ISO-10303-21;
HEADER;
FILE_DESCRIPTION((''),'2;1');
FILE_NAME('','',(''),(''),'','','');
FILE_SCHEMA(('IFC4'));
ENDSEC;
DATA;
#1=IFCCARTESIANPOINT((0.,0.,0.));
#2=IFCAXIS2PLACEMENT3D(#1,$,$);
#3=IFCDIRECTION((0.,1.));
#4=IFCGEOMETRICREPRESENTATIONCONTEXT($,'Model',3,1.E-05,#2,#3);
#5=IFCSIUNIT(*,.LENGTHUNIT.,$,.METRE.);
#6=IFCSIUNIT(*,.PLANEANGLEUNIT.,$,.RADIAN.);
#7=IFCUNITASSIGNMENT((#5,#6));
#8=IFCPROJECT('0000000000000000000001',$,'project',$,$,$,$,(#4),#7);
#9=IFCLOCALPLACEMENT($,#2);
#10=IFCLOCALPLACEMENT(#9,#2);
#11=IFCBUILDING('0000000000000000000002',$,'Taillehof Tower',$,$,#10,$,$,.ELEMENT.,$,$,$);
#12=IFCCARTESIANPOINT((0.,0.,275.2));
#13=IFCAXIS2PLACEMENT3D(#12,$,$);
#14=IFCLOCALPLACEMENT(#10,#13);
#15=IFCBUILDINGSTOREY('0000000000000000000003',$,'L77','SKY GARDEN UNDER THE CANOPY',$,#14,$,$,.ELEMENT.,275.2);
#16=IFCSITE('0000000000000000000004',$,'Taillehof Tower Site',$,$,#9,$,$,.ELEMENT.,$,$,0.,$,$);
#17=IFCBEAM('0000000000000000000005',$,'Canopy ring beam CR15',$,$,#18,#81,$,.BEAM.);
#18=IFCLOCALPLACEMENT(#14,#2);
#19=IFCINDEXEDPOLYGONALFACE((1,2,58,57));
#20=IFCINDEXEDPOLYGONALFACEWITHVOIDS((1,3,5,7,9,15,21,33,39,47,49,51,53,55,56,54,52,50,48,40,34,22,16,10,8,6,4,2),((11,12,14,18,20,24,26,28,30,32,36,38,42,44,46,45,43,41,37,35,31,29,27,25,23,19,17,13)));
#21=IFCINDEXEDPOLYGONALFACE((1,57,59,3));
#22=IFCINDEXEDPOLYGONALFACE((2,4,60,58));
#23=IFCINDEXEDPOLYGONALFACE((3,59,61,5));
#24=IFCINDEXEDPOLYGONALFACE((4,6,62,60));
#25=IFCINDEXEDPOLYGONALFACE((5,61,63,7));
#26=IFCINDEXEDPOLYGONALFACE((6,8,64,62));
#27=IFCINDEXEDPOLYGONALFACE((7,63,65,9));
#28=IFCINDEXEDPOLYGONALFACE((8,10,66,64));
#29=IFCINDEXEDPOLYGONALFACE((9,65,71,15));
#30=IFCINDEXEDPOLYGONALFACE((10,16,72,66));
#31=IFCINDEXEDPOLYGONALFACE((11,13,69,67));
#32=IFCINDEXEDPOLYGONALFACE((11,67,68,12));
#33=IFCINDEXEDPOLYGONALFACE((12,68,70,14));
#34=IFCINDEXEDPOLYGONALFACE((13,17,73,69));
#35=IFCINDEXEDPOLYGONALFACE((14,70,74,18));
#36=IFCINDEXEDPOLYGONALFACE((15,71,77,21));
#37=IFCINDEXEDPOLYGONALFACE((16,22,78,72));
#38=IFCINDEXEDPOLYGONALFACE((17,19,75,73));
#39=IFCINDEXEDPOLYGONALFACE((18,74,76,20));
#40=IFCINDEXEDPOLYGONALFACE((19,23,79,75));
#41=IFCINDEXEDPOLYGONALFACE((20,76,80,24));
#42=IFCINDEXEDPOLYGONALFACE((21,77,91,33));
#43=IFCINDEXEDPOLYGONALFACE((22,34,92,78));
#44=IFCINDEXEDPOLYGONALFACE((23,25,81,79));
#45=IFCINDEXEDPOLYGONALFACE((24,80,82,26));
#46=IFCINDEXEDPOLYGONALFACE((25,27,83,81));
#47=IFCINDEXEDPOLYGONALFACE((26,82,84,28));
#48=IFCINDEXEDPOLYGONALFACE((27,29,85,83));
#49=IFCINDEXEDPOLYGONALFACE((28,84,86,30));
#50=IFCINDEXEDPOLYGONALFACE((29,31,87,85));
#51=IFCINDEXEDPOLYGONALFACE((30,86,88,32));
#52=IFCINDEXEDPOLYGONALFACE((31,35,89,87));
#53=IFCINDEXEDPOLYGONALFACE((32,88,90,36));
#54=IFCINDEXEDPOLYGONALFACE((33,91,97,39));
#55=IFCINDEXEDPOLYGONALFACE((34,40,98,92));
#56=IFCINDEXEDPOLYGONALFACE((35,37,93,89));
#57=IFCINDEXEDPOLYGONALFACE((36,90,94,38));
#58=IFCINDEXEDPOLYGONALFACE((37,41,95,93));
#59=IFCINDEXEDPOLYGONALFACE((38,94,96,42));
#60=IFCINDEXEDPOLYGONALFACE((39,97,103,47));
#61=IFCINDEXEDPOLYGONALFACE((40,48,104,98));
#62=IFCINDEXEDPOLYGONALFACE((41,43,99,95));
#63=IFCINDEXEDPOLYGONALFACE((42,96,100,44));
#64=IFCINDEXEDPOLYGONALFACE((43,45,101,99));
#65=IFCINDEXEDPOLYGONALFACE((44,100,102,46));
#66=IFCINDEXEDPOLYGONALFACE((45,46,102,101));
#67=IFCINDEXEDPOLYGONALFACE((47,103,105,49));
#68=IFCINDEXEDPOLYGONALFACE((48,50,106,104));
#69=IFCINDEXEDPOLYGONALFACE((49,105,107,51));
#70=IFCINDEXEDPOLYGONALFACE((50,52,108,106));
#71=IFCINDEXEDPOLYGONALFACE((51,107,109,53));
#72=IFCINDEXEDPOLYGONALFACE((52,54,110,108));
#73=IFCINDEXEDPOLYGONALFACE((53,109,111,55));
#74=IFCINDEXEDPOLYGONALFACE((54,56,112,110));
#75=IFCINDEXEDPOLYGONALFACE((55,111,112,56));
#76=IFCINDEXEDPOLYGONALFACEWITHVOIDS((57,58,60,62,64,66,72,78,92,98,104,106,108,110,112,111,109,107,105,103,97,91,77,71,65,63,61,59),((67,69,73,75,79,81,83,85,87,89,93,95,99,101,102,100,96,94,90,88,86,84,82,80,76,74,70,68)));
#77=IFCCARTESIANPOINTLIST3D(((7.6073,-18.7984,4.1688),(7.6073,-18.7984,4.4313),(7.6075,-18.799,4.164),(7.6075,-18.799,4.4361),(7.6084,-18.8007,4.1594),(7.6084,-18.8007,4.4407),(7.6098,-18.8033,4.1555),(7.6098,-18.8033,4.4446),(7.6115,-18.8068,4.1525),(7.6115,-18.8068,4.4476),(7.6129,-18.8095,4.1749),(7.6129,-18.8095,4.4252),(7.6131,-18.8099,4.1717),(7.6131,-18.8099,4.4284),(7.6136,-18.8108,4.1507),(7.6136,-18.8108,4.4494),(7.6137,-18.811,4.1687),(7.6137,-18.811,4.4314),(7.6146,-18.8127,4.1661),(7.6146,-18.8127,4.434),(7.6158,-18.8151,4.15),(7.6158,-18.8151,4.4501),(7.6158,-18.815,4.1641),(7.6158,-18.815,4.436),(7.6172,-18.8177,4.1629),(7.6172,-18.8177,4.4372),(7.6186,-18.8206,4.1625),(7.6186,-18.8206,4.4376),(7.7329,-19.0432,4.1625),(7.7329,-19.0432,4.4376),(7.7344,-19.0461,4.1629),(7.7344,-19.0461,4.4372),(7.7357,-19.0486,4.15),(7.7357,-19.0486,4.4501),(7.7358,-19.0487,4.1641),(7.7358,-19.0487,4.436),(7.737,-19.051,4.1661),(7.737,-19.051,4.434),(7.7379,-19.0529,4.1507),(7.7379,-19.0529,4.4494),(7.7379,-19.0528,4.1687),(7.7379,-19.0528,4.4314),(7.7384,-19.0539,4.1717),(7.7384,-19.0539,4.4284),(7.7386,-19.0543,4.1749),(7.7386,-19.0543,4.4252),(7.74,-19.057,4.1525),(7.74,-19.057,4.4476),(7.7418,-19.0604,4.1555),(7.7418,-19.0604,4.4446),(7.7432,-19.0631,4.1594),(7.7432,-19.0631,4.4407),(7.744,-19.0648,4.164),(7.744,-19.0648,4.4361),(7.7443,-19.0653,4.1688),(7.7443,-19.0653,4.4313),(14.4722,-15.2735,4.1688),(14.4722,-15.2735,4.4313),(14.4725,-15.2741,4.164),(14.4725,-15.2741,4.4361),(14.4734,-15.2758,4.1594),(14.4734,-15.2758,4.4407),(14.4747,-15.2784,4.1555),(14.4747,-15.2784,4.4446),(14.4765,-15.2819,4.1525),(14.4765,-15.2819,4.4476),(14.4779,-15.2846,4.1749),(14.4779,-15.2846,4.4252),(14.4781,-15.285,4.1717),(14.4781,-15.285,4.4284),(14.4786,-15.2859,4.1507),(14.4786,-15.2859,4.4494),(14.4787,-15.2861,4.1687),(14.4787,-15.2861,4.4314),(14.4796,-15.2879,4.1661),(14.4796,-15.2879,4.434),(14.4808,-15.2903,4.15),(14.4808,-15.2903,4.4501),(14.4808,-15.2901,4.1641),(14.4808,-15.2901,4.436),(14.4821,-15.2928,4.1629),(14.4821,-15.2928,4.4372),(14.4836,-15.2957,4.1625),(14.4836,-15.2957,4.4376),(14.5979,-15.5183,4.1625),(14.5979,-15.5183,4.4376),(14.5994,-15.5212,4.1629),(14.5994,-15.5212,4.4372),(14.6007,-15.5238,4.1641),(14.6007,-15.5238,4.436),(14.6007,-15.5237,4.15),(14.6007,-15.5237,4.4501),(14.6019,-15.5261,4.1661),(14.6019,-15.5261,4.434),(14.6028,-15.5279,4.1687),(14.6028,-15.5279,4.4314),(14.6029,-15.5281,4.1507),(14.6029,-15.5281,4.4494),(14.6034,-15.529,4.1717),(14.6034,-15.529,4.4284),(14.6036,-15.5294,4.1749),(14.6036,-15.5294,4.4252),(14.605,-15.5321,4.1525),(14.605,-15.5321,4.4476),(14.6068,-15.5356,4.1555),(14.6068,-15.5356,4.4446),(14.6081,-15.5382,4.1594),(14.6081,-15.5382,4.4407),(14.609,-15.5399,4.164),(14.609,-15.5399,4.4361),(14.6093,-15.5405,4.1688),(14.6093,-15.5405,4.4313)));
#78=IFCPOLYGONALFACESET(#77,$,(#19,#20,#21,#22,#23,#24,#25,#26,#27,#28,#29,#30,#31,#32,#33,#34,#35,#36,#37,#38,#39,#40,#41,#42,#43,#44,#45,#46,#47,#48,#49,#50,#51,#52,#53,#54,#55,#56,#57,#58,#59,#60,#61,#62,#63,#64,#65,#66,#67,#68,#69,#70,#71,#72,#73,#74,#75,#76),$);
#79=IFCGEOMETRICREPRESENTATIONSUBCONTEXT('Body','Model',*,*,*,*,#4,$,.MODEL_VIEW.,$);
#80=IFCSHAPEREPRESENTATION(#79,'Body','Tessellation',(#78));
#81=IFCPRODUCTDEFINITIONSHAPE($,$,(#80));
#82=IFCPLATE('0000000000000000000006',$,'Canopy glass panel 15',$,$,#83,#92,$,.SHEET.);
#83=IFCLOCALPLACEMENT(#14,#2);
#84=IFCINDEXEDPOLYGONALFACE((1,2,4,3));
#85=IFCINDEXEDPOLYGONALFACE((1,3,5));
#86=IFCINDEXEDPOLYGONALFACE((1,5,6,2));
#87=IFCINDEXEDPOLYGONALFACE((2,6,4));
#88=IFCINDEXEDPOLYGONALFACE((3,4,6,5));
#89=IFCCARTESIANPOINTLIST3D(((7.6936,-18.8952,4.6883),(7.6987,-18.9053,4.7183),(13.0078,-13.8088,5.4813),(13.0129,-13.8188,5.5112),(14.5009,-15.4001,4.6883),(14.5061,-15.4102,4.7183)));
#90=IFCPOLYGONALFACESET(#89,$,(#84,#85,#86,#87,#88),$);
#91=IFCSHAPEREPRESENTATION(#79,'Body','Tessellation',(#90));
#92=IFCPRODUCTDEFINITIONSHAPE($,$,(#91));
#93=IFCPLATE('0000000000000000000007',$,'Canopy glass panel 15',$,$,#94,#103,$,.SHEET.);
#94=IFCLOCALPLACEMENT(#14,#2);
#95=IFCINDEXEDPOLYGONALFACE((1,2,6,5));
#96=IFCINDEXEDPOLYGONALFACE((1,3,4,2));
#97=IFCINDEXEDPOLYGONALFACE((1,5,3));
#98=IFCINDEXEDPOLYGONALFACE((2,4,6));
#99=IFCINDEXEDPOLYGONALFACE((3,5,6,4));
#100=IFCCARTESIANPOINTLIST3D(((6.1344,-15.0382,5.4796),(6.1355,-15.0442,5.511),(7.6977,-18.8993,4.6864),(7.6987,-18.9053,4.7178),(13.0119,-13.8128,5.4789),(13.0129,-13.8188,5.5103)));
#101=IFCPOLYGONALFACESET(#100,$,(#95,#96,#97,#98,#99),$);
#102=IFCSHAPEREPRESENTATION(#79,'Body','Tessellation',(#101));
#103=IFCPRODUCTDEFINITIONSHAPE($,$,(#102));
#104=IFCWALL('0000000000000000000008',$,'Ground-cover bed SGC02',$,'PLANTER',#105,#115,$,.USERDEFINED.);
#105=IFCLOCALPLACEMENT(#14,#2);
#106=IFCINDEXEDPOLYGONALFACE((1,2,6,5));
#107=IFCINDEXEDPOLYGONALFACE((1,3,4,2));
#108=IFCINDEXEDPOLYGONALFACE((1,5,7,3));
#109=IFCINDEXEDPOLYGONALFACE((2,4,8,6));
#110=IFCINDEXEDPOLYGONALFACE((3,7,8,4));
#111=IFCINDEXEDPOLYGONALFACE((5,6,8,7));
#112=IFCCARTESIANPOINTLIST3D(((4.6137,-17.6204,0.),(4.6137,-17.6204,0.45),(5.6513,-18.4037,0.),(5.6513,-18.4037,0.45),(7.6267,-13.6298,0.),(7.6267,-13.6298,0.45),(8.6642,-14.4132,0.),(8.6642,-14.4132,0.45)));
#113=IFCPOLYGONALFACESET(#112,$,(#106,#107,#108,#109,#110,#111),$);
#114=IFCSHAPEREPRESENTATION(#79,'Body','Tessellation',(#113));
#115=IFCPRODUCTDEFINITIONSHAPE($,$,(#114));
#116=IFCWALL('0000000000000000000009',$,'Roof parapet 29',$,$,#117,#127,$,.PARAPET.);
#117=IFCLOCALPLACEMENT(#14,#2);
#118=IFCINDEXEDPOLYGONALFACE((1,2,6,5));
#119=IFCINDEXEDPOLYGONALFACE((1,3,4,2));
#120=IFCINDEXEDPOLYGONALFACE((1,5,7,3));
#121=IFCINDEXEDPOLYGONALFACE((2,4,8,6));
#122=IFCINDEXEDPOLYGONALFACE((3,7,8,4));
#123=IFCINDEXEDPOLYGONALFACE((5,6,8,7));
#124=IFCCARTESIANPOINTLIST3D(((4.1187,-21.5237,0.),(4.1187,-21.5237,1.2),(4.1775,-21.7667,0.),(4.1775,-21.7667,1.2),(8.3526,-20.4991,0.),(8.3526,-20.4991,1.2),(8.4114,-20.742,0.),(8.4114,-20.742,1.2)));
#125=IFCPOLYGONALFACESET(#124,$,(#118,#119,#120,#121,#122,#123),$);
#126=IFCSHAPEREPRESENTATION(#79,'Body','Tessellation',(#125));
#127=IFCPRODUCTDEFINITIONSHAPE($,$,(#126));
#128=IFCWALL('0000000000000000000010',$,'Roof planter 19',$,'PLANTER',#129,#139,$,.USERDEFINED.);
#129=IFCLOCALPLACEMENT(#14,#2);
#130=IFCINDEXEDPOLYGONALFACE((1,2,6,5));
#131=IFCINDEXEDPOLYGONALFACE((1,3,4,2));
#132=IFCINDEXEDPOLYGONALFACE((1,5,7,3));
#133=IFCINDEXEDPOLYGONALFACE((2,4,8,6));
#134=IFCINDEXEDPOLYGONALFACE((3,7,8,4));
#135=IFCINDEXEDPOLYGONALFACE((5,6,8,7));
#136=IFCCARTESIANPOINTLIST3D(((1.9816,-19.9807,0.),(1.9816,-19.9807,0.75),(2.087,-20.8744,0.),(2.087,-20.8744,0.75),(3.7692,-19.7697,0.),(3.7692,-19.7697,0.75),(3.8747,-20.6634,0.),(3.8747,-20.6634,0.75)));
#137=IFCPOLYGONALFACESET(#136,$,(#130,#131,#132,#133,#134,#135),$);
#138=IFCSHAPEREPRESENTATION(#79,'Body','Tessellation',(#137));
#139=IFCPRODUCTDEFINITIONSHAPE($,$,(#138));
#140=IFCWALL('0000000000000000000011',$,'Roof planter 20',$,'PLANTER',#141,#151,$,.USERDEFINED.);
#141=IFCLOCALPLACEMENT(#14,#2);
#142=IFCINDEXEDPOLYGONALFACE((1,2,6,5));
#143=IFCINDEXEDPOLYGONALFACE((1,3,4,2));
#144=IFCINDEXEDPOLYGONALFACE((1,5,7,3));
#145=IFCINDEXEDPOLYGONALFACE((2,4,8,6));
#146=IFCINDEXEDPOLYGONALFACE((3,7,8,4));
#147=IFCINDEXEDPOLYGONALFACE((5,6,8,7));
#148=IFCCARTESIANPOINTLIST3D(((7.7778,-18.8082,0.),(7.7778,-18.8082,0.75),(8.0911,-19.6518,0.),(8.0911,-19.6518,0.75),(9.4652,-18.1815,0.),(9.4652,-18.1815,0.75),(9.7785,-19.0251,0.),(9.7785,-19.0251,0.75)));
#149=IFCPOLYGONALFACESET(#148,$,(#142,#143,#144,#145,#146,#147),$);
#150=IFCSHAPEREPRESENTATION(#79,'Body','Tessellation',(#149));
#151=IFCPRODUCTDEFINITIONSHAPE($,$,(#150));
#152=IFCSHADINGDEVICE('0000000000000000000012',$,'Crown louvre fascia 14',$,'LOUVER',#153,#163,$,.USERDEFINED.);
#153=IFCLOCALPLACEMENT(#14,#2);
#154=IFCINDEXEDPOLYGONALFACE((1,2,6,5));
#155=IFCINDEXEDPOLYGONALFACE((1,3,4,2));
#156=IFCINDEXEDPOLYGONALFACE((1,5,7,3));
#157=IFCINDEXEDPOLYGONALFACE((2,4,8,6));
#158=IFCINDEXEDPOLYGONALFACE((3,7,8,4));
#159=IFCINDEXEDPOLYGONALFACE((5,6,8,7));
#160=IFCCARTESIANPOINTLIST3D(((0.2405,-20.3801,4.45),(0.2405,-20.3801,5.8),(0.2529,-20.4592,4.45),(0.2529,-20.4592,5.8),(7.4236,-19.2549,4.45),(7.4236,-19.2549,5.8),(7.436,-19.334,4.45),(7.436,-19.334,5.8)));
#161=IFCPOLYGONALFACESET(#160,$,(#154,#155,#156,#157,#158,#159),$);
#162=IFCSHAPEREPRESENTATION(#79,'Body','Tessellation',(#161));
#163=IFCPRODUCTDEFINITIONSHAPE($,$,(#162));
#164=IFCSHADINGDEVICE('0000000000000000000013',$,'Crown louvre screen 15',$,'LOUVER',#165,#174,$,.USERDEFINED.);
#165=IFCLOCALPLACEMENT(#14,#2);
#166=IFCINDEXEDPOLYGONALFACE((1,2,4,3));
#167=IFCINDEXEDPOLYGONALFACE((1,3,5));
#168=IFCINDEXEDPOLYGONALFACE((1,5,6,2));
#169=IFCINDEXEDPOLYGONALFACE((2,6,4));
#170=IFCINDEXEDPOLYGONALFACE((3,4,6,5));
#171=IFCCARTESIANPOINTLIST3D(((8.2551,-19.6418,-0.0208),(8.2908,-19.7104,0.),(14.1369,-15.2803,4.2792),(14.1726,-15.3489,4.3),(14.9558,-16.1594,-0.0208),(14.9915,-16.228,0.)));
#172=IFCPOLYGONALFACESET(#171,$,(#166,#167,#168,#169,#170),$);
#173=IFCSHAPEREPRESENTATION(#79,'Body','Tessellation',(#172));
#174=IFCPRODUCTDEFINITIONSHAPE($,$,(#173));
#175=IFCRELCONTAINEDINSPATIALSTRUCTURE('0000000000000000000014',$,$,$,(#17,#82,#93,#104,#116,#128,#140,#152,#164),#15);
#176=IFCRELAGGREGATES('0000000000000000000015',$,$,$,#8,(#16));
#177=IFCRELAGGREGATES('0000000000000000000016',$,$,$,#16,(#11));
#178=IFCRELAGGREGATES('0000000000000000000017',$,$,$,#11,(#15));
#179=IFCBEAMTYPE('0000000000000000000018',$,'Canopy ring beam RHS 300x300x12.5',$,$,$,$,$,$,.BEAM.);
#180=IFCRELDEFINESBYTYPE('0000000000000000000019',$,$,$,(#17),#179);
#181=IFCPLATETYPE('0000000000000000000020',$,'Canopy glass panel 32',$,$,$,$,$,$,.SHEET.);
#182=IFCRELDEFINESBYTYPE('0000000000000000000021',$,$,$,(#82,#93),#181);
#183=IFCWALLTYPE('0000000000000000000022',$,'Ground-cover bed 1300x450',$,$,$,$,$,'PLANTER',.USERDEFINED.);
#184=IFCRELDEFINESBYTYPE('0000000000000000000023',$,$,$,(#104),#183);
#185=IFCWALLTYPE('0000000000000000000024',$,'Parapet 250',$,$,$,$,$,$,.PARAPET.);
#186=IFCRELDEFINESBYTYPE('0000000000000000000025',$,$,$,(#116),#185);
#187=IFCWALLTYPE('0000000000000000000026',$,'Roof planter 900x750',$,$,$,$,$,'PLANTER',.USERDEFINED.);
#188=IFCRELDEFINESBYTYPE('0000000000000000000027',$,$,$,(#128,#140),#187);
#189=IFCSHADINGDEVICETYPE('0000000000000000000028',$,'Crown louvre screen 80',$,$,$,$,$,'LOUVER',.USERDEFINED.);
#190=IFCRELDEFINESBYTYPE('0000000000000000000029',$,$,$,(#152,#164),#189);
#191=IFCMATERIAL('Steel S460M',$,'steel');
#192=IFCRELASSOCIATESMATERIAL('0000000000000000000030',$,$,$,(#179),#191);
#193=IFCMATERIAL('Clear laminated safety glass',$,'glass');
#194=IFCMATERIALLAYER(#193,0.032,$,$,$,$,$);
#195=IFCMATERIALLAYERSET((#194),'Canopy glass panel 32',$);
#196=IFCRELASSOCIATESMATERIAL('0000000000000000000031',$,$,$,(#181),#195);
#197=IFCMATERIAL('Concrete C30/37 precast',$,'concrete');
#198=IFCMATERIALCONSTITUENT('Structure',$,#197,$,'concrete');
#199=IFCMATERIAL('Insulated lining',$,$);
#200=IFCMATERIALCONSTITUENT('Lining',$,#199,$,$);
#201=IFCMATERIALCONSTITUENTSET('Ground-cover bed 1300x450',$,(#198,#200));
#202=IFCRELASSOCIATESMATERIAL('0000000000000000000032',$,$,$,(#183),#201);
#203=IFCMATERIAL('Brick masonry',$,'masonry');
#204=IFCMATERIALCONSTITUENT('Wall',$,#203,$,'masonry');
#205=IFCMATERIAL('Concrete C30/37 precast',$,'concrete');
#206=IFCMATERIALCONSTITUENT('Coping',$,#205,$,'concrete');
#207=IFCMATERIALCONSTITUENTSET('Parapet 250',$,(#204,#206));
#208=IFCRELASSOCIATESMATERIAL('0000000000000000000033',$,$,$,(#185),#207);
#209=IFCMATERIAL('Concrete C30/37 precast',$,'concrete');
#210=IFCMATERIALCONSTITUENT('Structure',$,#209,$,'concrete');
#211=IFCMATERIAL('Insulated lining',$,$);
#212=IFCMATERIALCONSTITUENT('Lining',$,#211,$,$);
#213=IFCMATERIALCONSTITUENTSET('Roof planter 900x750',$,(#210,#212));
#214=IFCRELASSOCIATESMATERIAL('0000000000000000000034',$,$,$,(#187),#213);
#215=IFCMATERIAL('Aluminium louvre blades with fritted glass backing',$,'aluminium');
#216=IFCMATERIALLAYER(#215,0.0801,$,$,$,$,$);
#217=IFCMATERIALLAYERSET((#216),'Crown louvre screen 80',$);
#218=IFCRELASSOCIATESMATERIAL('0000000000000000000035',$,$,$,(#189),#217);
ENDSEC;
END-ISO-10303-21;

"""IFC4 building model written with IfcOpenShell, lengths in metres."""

from ifc_helpers import new_model, si_unit, direction, frame, frame_2d, origin, origin_2d, place, context, subcontext, project, spatial, polyline, rectangle, hollow_rectangle, outline, extrude, material, layer, layer_set, constituent, constituent_set, material_profile, profile_set, type_object, element, save


model = new_model("IFC4")

# Units and contexts
model_context = context("Model", 3, precision=1e-05, world=origin(), true_north=direction((0.0, 1.0)))
body_context = subcontext(model_context, "Body", "Model", "MODEL_VIEW")
ifc_project = project(units=[si_unit("LENGTHUNIT", "METRE"), si_unit("PLANEANGLEUNIT", "RADIAN")], contexts=[model_context])

# Site, building, storey
site_placement = place(None, origin())
site = spatial("IfcSite", under=ifc_project, at=site_placement, Name="Taillehof Tower Site", CompositionType="ELEMENT", RefElevation=0.0)
building_placement = place(site_placement, origin())
building = spatial("IfcBuilding", under=site, at=building_placement, Name="Taillehof Tower", CompositionType="ELEMENT")
storey_placement = place(building_placement, frame((0.0, 0.0, 275.2)))
storey = spatial("IfcBuildingStorey", under=building, at=storey_placement, Name="L77", Description="SKY GARDEN UNDER THE CANOPY", CompositionType="ELEMENT", Elevation=275.2)

# Beam
ifc_material_1 = material(Name="Steel S460M", Category="steel")
ifc_material_profile_1 = material_profile(ifc_material_1, hollow_rectangle(XDim=0.3, YDim=0.3, WallThickness=0.0125, InnerFilletRadius=0.0125, OuterFilletRadius=0.0188, at=origin_2d()), Name="RHS 300x300x12.5")
ifc_profile_set_1 = profile_set([ifc_material_profile_1], Name="Steel S460M")
beam_type_1 = type_object("IfcBeamType", Name="Canopy ring beam RHS 300x300x12.5", PredefinedType="BEAM", material=ifc_profile_set_1)
beam_1_placement = place(storey_placement, frame((7.6758, -18.9319, 4.3), z_axis=(0.889586, 0.456767, 0.0), x_axis=(-0.456767, 0.889586, 0.0)))
element("IfcBeam", 1, at=beam_1_placement, inside=storey, type_object=beam_type_1, Name="Canopy ring beam CR15", PredefinedType="BEAM", context=body_context, shape_type="SweptSolid", body=[
    extrude(hollow_rectangle(XDim=0.3, YDim=0.3, WallThickness=0.0125, InnerFilletRadius=0.0125, OuterFilletRadius=0.0188, at=origin_2d()), origin(), (0.0, 0.0, 1.0), 7.717),
])

# Plates
ifc_material_2 = material(Name="Clear laminated safety glass", Category="glass")
ifc_layer_1 = layer(ifc_material_2, 0.032)
ifc_layer_set_1 = layer_set([ifc_layer_1], Name="Canopy glass panel 32")
plate_type = type_object("IfcPlateType", Name="Canopy glass panel 32", PredefinedType="SHEET", material=ifc_layer_set_1)
plate_1_placement = place(storey_placement, frame((7.6987, -18.9053, 4.7183), z_axis=(0.16151, -0.314569, 0.935393), x_axis=(0.889597, 0.456747, 0.0)))
element("IfcPlate", 2, at=plate_1_placement, inside=storey, type_object=plate_type, Name="Canopy glass panel 15", PredefinedType="SHEET", context=body_context, shape_type="SweptSolid", body=[
    extrude(outline(polyline([(0.0, 0.0), (7.6522, 0.0), (7.0507, 2.2425), (0.0, 0.0)])), origin(), (0.0, 0.0, -1.0), 0.032),
])
plate_2_placement = place(storey_placement, frame((7.6987, -18.9053, 4.7178), z_axis=(0.033609, -0.188048, 0.981585), x_axis=(0.718264, 0.687477, 0.107111)))
element("IfcPlate", 3, at=plate_2_placement, inside=storey, type_object=plate_type, Name="Canopy glass panel 15", PredefinedType="SHEET", context=body_context, shape_type="SweptSolid", body=[
    extrude(outline(polyline([(0.0, 0.0), (7.3987, 0.0), (1.6166, 3.9202), (0.0, 0.0)])), origin(), (0.0, 0.0, -1.0), 0.032),
])

# Walls
ifc_material_3 = material(Name="Concrete C30/37 precast", Category="concrete")
ifc_constituent_1 = constituent(ifc_material_3, Name="Structure", Category="concrete")
ifc_material_4 = material(Name="Insulated lining")
ifc_constituent_2 = constituent(ifc_material_4, Name="Lining")
ifc_constituent_set_1 = constituent_set(constituents=[ifc_constituent_1, ifc_constituent_2], Name="Ground-cover bed 1300x450")
wall_type_1 = type_object("IfcWallType", Name="Ground-cover bed 1300x450", ElementType="PLANTER", PredefinedType="USERDEFINED", material=ifc_constituent_set_1)
wall_1_placement = place(storey_placement, frame((5.1326, -18.012, 0.0), z_axis=(0.0, 0.0, 1.0), x_axis=(0.602567, 0.798068, 0.0)))
element("IfcWall", 4, at=wall_1_placement, inside=storey, type_object=wall_type_1, Name="Ground-cover bed SGC02", ObjectType="PLANTER", PredefinedType="USERDEFINED", context=body_context, shape_type="SweptSolid", body=[
    extrude(rectangle(XDim=5.0002, YDim=1.3, at=frame_2d((2.5, 0.0))), origin(), (0.0, 0.0, 1.0), 0.45),
])
ifc_material_5 = material(Name="Brick masonry", Category="masonry")
ifc_constituent_3 = constituent(ifc_material_5, Name="Wall", Category="masonry")
ifc_material_6 = material(Name="Concrete C30/37 precast", Category="concrete")
ifc_constituent_4 = constituent(ifc_material_6, Name="Coping", Category="concrete")
ifc_constituent_set_2 = constituent_set(constituents=[ifc_constituent_3, ifc_constituent_4], Name="Parapet 250")
wall_type_2 = type_object("IfcWallType", Name="Parapet 250", PredefinedType="PARAPET", material=ifc_constituent_set_2)
wall_2_placement = place(storey_placement, frame((4.1479, -21.6453, 0.0), z_axis=(0.0, 0.0, 1.0), x_axis=(0.971941, 0.235223, 0.0)))
element("IfcWall", 5, at=wall_2_placement, inside=storey, type_object=wall_type_2, Name="Roof parapet 29", PredefinedType="PARAPET", context=body_context, shape_type="SweptSolid", body=[
    extrude(rectangle(XDim=4.3562, YDim=0.25, at=frame_2d((2.1782, 0.0))), origin(), (0.0, 0.0, 1.0), 1.2),
])
ifc_material_7 = material(Name="Concrete C30/37 precast", Category="concrete")
ifc_constituent_5 = constituent(ifc_material_7, Name="Structure", Category="concrete")
ifc_material_8 = material(Name="Insulated lining")
ifc_constituent_6 = constituent(ifc_material_8, Name="Lining")
ifc_constituent_set_3 = constituent_set(constituents=[ifc_constituent_5, ifc_constituent_6], Name="Roof planter 900x750")
wall_type_3 = type_object("IfcWallType", Name="Roof planter 900x750", ElementType="PLANTER", PredefinedType="USERDEFINED", material=ifc_constituent_set_3)
for number, where, z_axis, x_axis, name in (
    (6, (2.0344, -20.4275, 0.0), (0.0, 0.0, 1.0), (0.99311, 0.117187, 0.0), "Roof planter 19"),
    (7, (7.9346, -19.23, 0.0), (0.0, 0.0, 1.0), (0.937439, 0.348149, 0.0), "Roof planter 20"),
):
    element("IfcWall", number, at=place(storey_placement, frame(where, z_axis=z_axis, x_axis=x_axis)), inside=storey, type_object=wall_type_3, Name=name, ObjectType="PLANTER", PredefinedType="USERDEFINED", context=body_context, shape_type="SweptSolid", body=[
        extrude(rectangle(XDim=1.8, YDim=0.8999, at=frame_2d((0.8999, 0.0))), origin(), (0.0, 0.0, 1.0), 0.75),
    ])

# Shading devices
ifc_material_9 = material(Name="Aluminium louvre blades with fritted glass backing", Category="aluminium")
ifc_layer_2 = layer(ifc_material_9, 0.0801)
ifc_layer_set_2 = layer_set([ifc_layer_2], Name="Crown louvre screen 80")
shading_device_type = type_object("IfcShadingDeviceType", Name="Crown louvre screen 80", ElementType="LOUVER", PredefinedType="USERDEFINED", material=ifc_layer_set_2)
shading_device_1_placement = place(storey_placement, frame((0.2529, -20.4592, 4.45), z_axis=(0.154764, -0.987951, 0.0), x_axis=(0.987951, 0.154764, 0.0)))
element("IfcShadingDevice", 8, at=shading_device_1_placement, inside=storey, type_object=shading_device_type, Name="Crown louvre fascia 14", ObjectType="LOUVER", PredefinedType="USERDEFINED", context=body_context, shape_type="SweptSolid", body=[
    extrude(outline(polyline([(0.0, 0.0), (7.2707, 0.0), (7.2707, 1.3501), (0.0, 1.3501), (0.0, 0.0)])), origin(), (0.0, 0.0, -1.0), 0.0801),
])
shading_device_2_placement = place(storey_placement, frame((8.2908, -19.7104, 0.0), z_axis=(0.445295, -0.856812, 0.259973), x_axis=(0.887322, 0.461151, 0.0)))
element("IfcShadingDevice", 9, at=shading_device_2_placement, inside=storey, type_object=shading_device_type, Name="Crown louvre screen 15", ObjectType="LOUVER", PredefinedType="USERDEFINED", context=body_context, shape_type="SweptSolid", body=[
    extrude(outline(polyline([(0.0, 0.0), (7.5516, 0.0), (7.2304, 4.4532), (0.0, 0.0)])), origin(), (0.0, 0.0, -1.0), 0.0801),
])

save(model, "model.ifc")
